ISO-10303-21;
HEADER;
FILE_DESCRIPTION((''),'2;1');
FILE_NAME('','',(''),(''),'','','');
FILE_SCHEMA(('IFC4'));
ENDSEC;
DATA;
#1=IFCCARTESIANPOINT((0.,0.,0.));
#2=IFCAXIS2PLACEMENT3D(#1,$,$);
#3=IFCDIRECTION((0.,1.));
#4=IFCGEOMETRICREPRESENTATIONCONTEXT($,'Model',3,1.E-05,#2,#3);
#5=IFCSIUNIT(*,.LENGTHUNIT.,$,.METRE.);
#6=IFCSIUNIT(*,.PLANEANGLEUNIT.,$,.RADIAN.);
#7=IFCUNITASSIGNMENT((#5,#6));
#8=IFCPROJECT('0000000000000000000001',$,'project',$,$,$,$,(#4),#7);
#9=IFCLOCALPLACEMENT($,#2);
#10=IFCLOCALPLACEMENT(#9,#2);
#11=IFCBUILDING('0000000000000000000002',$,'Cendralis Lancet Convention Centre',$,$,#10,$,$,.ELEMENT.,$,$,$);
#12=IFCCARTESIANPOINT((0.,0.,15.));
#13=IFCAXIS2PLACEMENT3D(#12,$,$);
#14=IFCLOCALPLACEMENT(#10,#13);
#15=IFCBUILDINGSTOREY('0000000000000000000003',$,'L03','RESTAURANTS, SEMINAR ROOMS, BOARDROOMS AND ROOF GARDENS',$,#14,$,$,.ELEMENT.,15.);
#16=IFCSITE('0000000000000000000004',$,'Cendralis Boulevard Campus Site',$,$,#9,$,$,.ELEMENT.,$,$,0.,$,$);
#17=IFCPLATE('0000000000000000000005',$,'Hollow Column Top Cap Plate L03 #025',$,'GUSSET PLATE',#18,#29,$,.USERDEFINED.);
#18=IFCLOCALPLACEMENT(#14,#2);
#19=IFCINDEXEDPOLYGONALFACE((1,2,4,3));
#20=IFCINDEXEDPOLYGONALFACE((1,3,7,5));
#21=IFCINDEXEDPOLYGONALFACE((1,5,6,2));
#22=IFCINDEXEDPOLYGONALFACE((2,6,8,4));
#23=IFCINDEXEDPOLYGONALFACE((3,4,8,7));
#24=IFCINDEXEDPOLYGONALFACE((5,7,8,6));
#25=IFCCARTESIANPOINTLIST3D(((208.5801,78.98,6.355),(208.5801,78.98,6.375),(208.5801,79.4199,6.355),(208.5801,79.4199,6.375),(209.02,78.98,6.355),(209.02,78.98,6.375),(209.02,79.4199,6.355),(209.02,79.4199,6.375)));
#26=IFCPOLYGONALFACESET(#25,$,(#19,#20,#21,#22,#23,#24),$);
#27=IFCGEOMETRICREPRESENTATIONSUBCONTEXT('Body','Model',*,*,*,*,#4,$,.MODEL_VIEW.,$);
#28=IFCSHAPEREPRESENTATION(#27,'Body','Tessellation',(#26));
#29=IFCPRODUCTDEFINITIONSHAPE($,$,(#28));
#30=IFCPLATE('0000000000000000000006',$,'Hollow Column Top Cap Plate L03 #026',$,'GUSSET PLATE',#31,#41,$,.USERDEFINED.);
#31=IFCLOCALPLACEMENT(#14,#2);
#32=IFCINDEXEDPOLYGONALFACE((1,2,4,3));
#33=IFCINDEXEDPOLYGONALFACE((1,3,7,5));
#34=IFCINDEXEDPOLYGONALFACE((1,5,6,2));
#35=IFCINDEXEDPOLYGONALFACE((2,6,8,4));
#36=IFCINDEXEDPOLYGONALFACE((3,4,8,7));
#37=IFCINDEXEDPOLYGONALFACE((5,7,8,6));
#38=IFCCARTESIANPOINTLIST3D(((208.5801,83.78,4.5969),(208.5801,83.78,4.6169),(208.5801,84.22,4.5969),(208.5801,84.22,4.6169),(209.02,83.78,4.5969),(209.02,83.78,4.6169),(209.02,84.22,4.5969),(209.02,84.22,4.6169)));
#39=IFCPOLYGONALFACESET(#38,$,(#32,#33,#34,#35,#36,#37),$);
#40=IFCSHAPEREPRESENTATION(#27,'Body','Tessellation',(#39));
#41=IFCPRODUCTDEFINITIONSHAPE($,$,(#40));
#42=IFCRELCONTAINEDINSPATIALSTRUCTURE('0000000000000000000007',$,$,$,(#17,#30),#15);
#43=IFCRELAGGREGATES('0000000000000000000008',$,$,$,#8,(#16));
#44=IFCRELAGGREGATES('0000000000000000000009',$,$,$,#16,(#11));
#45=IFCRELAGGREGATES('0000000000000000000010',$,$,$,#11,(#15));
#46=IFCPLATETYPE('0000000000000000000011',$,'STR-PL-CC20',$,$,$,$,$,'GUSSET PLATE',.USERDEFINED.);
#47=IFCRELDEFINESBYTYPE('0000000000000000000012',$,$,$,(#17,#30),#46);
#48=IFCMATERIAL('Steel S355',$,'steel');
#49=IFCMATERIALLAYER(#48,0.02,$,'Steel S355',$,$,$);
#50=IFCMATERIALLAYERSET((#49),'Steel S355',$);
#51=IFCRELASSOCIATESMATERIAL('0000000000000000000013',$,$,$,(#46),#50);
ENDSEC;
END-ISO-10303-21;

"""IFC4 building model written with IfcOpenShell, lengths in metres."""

from ifc_helpers import new_model, si_unit, direction, frame, origin, origin_2d, place, context, subcontext, project, spatial, rectangle, extrude, material, layer, layer_set, type_object, element, save


model = new_model("IFC4")

# Units and contexts
model_context = context("Model", 3, precision=1e-05, world=origin(), true_north=direction((0.0, 1.0)))
body_context = subcontext(model_context, "Body", "Model", "MODEL_VIEW")
ifc_project = project(units=[si_unit("LENGTHUNIT", "METRE"), si_unit("PLANEANGLEUNIT", "RADIAN")], contexts=[model_context])

# Site, building, storey
site_placement = place(None, origin())
site = spatial("IfcSite", under=ifc_project, at=site_placement, Name="Cendralis Boulevard Campus Site", CompositionType="ELEMENT", RefElevation=0.0)
building_placement = place(site_placement, origin())
building = spatial("IfcBuilding", under=site, at=building_placement, Name="Cendralis Lancet Convention Centre", CompositionType="ELEMENT")
storey_placement = place(building_placement, frame((0.0, 0.0, 15.0)))
storey = spatial("IfcBuildingStorey", under=building, at=storey_placement, Name="L03", Description="RESTAURANTS, SEMINAR ROOMS, BOARDROOMS AND ROOF GARDENS", CompositionType="ELEMENT", Elevation=15.0)

# Shared definitions
ifc_material_1 = material(Name="Steel S355", Category="steel")

# Plates
ifc_layer_1 = layer(ifc_material_1, 0.02, Name="Steel S355")
ifc_layer_set_1 = layer_set([ifc_layer_1], Name="Steel S355")
plate_type_1 = type_object("IfcPlateType", Name="STR-PL-CC20", ElementType="GUSSET PLATE", PredefinedType="USERDEFINED", material=ifc_layer_set_1)
for number, where, z_axis, x_axis, name in (
    (1, (208.8, 79.2, 6.355), (0.0, 0.0, 1.0), (1.0, 0.0, 0.0), "Hollow Column Top Cap Plate L03 #025"),
    (2, (208.8, 84.0, 4.5969), (0.0, 0.0, 1.0), (1.0, 0.0, 0.0), "Hollow Column Top Cap Plate L03 #026"),
):
    element("IfcPlate", number, at=place(storey_placement, frame(where, z_axis=z_axis, x_axis=x_axis)), inside=storey, type_object=plate_type_1, Name=name, ObjectType="GUSSET PLATE", PredefinedType="USERDEFINED", context=body_context, shape_type="SweptSolid", body=[
        extrude(rectangle(XDim=0.4399, YDim=0.4399, at=origin_2d()), origin(), (0.0, 0.0, 1.0), 0.02),
    ])

save(model, "model.ifc")
